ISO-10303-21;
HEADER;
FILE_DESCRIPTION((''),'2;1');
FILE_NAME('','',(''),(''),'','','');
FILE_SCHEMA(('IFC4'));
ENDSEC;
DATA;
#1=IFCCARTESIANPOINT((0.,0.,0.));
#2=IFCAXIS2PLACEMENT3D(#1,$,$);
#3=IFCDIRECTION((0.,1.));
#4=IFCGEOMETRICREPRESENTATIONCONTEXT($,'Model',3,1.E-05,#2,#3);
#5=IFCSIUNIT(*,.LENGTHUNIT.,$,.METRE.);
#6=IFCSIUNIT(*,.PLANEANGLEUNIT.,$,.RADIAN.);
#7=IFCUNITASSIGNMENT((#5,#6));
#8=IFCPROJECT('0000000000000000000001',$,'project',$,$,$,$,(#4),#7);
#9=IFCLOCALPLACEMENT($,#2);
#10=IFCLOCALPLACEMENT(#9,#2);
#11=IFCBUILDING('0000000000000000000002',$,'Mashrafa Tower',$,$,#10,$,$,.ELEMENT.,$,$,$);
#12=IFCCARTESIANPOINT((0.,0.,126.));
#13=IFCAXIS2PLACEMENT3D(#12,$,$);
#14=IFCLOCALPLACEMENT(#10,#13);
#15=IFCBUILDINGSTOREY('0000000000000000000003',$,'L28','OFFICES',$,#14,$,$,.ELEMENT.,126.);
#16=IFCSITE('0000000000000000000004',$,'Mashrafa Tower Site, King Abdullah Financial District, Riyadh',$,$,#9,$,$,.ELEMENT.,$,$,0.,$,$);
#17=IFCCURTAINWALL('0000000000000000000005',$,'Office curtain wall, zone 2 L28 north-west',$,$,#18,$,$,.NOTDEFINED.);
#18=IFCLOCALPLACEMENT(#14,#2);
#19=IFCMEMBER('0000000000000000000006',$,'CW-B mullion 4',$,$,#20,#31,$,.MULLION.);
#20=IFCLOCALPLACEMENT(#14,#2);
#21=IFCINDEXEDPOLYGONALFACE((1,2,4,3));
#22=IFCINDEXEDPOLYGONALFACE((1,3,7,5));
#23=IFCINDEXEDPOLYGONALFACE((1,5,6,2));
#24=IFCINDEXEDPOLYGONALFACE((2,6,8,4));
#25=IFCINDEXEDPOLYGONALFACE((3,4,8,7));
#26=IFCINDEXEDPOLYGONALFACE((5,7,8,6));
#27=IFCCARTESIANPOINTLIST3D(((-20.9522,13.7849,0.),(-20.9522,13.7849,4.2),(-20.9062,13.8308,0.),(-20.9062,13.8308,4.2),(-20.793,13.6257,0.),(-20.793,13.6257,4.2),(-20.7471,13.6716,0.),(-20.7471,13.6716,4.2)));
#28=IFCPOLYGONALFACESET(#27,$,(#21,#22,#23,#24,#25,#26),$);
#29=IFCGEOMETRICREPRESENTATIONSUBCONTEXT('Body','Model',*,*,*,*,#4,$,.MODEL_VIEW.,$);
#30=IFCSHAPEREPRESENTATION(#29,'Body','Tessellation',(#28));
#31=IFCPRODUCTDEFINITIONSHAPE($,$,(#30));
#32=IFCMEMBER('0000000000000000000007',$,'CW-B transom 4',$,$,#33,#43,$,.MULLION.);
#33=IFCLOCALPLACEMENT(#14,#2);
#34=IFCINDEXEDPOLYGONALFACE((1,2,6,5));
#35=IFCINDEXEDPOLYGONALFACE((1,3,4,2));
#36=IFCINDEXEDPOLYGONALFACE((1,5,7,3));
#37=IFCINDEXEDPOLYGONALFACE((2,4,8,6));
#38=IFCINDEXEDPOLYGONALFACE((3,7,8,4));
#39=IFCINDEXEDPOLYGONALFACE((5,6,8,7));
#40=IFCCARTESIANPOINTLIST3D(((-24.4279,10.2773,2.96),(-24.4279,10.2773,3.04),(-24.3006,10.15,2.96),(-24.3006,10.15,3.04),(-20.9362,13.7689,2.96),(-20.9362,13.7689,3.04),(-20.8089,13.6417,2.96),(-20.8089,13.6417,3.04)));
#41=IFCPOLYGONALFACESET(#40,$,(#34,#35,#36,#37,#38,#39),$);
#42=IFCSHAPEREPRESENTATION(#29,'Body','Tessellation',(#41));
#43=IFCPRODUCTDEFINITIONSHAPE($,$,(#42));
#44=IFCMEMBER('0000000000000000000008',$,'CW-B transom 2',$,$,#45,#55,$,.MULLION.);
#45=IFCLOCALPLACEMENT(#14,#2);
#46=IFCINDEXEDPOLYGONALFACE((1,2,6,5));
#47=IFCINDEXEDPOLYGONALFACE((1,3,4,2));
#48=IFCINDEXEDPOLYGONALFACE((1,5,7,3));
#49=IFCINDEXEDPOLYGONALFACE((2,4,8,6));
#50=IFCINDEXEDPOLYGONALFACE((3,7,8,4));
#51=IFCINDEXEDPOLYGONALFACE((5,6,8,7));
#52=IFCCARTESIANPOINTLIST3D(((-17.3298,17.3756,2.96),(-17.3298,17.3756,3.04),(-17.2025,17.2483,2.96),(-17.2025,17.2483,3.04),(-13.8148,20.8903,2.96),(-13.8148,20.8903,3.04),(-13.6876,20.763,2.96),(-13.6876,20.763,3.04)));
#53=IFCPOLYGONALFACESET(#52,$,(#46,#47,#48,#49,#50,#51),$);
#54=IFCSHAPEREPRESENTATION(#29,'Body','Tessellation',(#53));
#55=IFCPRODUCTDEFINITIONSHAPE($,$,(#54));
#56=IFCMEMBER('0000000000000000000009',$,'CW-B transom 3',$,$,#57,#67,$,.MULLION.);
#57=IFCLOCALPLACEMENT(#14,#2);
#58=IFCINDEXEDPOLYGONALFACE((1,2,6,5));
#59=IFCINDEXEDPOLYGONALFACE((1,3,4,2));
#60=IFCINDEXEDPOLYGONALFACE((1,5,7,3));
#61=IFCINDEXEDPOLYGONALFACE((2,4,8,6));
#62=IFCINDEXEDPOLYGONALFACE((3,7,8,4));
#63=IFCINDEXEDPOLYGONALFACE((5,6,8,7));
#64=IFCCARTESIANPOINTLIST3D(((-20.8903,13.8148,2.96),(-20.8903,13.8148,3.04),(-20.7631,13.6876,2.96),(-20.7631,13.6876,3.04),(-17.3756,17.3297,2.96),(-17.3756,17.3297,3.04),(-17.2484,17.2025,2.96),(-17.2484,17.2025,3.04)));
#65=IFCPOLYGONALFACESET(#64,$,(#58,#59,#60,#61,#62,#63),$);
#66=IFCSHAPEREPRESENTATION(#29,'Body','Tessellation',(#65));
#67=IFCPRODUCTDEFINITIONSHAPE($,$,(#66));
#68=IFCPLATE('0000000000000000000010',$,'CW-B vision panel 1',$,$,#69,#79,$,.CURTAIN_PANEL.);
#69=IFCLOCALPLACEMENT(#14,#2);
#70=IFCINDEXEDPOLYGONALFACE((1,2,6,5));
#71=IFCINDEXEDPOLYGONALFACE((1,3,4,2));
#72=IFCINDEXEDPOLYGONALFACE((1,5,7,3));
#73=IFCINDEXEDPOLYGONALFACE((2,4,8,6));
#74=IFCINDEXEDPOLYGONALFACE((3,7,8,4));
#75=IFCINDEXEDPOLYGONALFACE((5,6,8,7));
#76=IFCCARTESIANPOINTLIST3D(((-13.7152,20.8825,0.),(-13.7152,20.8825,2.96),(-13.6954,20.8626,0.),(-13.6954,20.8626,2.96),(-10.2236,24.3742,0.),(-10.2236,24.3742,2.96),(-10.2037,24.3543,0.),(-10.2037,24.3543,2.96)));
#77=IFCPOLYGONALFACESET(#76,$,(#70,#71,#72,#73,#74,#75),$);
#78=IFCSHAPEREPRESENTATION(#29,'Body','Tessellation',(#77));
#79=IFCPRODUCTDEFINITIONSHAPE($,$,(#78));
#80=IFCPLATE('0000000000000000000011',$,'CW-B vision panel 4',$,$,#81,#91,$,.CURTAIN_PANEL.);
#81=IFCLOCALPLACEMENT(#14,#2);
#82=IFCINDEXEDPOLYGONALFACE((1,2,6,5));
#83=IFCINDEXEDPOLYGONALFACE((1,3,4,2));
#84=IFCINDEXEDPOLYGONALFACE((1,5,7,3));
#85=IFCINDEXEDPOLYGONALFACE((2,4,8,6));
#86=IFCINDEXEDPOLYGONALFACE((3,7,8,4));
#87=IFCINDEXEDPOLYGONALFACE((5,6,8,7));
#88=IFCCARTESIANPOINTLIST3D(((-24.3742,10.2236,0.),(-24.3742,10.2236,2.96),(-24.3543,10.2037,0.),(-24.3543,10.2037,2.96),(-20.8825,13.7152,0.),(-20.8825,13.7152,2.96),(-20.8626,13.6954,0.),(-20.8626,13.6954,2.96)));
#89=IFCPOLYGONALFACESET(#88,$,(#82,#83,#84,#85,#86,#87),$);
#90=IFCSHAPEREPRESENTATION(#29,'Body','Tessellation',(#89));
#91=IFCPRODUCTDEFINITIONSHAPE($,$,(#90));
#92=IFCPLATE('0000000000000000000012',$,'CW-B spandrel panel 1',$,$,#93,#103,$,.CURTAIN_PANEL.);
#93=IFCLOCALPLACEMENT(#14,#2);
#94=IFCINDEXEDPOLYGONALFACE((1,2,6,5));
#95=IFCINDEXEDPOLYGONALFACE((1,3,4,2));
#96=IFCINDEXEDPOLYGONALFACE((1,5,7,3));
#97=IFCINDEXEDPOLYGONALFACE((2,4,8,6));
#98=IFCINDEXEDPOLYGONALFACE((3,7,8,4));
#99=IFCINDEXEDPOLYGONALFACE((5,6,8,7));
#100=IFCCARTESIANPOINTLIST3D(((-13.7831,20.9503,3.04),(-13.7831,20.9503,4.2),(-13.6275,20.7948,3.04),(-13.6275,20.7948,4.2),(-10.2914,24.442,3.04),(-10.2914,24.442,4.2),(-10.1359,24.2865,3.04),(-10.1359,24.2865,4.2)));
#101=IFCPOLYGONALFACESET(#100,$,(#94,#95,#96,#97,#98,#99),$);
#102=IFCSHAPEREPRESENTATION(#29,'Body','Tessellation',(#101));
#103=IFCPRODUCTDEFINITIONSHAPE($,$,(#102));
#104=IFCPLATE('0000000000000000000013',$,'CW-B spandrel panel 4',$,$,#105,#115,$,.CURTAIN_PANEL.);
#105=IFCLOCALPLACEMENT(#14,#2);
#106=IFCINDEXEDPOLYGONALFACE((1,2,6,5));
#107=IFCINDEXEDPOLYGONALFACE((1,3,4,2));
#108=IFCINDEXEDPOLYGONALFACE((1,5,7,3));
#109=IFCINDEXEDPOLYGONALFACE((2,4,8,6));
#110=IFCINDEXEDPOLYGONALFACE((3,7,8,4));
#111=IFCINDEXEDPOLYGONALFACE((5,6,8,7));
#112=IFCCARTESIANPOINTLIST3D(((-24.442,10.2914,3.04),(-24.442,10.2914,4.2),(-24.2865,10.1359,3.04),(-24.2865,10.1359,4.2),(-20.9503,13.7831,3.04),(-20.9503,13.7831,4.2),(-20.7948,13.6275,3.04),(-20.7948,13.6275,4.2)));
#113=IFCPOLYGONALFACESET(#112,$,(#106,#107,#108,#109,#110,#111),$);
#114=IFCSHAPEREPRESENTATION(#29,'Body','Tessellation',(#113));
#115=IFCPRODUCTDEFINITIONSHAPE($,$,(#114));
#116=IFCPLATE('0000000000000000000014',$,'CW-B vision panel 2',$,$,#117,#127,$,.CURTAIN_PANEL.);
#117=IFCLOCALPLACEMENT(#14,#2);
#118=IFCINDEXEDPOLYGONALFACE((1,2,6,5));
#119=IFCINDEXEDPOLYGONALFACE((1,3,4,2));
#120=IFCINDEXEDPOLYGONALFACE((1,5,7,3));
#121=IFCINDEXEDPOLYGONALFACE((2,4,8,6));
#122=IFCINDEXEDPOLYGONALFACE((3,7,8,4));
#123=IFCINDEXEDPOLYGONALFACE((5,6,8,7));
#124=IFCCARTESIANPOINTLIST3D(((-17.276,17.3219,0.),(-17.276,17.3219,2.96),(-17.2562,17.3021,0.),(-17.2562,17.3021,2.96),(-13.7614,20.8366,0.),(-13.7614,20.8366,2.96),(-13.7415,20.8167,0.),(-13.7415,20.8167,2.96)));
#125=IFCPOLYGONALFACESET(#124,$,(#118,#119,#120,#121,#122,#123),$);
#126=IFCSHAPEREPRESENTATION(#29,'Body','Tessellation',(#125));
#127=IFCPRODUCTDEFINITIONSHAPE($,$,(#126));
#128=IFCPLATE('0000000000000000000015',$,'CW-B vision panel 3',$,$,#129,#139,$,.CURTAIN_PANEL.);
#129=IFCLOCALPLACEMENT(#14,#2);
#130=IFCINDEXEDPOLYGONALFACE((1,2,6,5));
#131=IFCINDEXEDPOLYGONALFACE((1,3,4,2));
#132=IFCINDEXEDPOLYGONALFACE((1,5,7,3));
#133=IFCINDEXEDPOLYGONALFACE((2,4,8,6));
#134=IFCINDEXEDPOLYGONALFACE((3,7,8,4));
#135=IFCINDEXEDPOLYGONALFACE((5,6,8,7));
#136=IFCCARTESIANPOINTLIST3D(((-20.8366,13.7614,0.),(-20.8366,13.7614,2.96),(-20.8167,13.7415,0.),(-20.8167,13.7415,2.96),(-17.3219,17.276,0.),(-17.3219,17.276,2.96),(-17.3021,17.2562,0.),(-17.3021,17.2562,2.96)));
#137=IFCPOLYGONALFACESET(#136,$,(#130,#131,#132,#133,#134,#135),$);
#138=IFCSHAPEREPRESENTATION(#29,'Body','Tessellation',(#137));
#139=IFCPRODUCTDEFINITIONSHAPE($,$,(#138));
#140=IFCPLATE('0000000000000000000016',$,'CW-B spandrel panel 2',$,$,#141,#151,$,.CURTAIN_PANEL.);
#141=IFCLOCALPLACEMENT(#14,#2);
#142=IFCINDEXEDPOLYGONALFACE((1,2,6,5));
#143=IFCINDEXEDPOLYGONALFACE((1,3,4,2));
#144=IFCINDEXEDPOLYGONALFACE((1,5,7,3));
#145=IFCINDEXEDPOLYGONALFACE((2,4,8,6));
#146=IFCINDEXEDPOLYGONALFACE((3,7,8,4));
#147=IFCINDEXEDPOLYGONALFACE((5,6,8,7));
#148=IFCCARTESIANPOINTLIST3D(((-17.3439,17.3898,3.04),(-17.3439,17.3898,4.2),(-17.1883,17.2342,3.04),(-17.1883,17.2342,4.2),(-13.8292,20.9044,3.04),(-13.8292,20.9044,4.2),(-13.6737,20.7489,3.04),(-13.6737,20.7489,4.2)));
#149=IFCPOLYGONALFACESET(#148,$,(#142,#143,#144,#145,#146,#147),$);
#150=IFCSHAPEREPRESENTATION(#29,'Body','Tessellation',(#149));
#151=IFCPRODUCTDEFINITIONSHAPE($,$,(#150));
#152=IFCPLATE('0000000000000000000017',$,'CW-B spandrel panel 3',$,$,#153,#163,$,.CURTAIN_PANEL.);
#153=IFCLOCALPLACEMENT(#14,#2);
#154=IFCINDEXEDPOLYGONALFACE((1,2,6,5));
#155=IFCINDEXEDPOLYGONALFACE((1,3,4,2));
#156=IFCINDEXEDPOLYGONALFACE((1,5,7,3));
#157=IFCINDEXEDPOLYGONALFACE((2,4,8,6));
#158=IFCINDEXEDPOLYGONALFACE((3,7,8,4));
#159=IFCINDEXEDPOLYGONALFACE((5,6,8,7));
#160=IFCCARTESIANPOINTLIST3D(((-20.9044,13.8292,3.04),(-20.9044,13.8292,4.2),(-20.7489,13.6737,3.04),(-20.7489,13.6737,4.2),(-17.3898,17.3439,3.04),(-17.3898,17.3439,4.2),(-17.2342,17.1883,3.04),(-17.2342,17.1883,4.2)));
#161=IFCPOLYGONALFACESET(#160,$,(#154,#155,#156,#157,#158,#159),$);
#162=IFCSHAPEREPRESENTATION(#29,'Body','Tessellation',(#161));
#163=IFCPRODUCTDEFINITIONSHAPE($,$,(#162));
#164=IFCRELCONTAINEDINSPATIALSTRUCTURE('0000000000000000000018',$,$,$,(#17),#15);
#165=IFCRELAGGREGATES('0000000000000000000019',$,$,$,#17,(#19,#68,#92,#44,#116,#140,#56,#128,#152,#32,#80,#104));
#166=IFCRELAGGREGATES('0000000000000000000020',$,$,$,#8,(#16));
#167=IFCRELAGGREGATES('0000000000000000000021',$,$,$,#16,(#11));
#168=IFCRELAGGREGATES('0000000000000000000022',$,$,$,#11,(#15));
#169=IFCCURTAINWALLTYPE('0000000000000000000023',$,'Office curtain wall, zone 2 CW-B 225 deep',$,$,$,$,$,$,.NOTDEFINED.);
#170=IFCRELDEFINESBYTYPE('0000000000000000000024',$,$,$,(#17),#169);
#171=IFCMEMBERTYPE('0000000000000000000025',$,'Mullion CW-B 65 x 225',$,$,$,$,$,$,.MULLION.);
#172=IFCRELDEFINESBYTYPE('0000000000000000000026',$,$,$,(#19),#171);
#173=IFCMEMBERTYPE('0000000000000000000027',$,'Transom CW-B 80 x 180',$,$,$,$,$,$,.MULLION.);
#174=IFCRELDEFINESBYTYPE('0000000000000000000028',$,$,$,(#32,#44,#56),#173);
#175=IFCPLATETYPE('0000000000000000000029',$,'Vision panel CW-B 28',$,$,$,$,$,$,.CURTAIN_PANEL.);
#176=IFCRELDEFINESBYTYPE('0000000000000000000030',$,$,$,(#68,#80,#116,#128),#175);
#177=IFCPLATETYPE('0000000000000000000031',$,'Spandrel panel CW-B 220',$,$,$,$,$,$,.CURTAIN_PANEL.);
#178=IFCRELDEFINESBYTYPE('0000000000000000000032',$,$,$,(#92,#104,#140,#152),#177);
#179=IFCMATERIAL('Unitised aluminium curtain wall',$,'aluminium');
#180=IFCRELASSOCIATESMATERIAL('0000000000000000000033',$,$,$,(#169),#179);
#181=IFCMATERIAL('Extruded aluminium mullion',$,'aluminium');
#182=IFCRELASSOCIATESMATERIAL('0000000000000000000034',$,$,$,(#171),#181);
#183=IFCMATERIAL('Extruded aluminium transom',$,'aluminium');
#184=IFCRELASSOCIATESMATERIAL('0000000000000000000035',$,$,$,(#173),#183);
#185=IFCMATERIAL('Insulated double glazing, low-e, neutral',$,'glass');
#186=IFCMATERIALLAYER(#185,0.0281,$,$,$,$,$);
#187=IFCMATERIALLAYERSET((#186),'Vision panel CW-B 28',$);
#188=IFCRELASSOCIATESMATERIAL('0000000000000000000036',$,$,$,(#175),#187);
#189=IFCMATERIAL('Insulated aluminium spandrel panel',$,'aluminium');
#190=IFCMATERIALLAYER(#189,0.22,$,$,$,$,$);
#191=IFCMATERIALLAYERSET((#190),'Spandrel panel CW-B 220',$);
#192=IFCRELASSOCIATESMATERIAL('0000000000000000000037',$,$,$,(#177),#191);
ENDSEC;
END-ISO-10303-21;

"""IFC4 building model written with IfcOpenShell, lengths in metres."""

from ifc_helpers import new_model, si_unit, direction, frame, origin, origin_2d, place, context, subcontext, project, spatial, rectangle, extrude, source, transform, mapped, material, layer, layer_set, material_profile, profile_set, type_object, type_shapes, element, aggregate, save


model = new_model("IFC4")

# Units and contexts
model_context = context("Model", 3, precision=1e-05, world=origin(), true_north=direction((0.0, 1.0)))
body_context = subcontext(model_context, "Body", "Model", "MODEL_VIEW")
ifc_project = project(units=[si_unit("LENGTHUNIT", "METRE"), si_unit("PLANEANGLEUNIT", "RADIAN")], contexts=[model_context])

# Site, building, storey
site_placement = place(None, origin())
site = spatial("IfcSite", under=ifc_project, at=site_placement, Name="Mashrafa Tower Site, King Abdullah Financial District, Riyadh", CompositionType="ELEMENT", RefElevation=0.0)
building_placement = place(site_placement, origin())
building = spatial("IfcBuilding", under=site, at=building_placement, Name="Mashrafa Tower", CompositionType="ELEMENT")
storey_placement = place(building_placement, frame((0.0, 0.0, 126.0)))
storey = spatial("IfcBuildingStorey", under=building, at=storey_placement, Name="L28", Description="OFFICES", CompositionType="ELEMENT", Elevation=126.0)

# Curtain wall, members, plates
ifc_material_1 = material(Name="Unitised aluminium curtain wall", Category="aluminium")
curtain_wall_type = type_object("IfcCurtainWallType", Name="Office curtain wall, zone 2 CW-B 225 deep", PredefinedType="NOTDEFINED", material=ifc_material_1)
curtain_wall_placement = place(storey_placement, origin())
curtain_wall = element("IfcCurtainWall", 1, at=curtain_wall_placement, inside=storey, type_object=curtain_wall_type, Name="Office curtain wall, zone 2 L28 north-west", PredefinedType="NOTDEFINED")
ifc_material_2 = material(Name="Extruded aluminium mullion", Category="aluminium")
ifc_material_profile_1 = material_profile(ifc_material_2, rectangle(XDim=0.2251, YDim=0.0649, at=origin_2d()), Name="Mullion 65x225")
ifc_profile_set_1 = profile_set([ifc_material_profile_1], Name="Extruded aluminium mullion")
member_type_1 = type_object("IfcMemberType", Name="Mullion CW-B 65 x 225", PredefinedType="MULLION", material=ifc_profile_set_1)
shared_shape_1 = source(origin(), body_context, "Body", "SweptSolid", [
    extrude(rectangle(XDim=0.2251, YDim=0.0649, at=origin_2d()), origin(), (0.0, 0.0, 1.0), 4.2),
])
type_shapes(member_type_1, [shared_shape_1])
member_1_placement = place(storey_placement, frame((-20.8496, 13.7283, 0.0), z_axis=(0.0, 0.0, 1.0), x_axis=(0.707107, -0.707107, 0.0)))
member_1 = element("IfcMember", 2, at=member_1_placement, type_object=member_type_1, Name="CW-B mullion 4", PredefinedType="MULLION", context=body_context, shape_type="MappedRepresentation", body=[
    mapped(shared_shape_1, transform((0.0, 0.0, 0.0))),
])
ifc_material_3 = material(Name="Extruded aluminium transom", Category="aluminium")
ifc_material_profile_2 = material_profile(ifc_material_3, rectangle(XDim=0.1799, YDim=0.0801, at=origin_2d()), Name="Transom 80x180")
ifc_profile_set_2 = profile_set([ifc_material_profile_2], Name="Extruded aluminium transom")
member_type_2 = type_object("IfcMemberType", Name="Transom CW-B 80 x 180", PredefinedType="MULLION", material=ifc_profile_set_2)
shared_shape_2 = source(origin(), body_context, "Body", "SweptSolid", [
    extrude(rectangle(XDim=0.1799, YDim=0.0801, at=origin_2d()), origin(), (0.0, 0.0, 1.0), 4.938),
])
member_2_placement = place(storey_placement, frame((-20.8726, 13.7053, 3.0), z_axis=(-0.707107, -0.707107, 0.0), x_axis=(0.707107, -0.707107, 0.0)))
member_2 = element("IfcMember", 3, at=member_2_placement, type_object=member_type_2, Name="CW-B transom 4", PredefinedType="MULLION", context=body_context, shape_type="MappedRepresentation", body=[
    mapped(shared_shape_2, transform((0.0, 0.0, 0.0))),
])
shared_shape_3 = source(origin(), body_context, "Body", "SweptSolid", [
    extrude(rectangle(XDim=0.1799, YDim=0.0801, at=origin_2d()), origin(), (0.0, 0.0, 1.0), 4.9707),
])
type_shapes(member_type_2, [shared_shape_2, shared_shape_3])
member_3_placement = place(storey_placement, frame((-13.7512, 20.8267, 3.0), z_axis=(-0.707131, -0.707082, 0.0), x_axis=(0.707082, -0.707131, 0.0)))
member_3 = element("IfcMember", 4, at=member_3_placement, type_object=member_type_2, Name="CW-B transom 2", PredefinedType="MULLION", context=body_context, shape_type="MappedRepresentation", body=[
    mapped(shared_shape_3, transform((0.0, 0.0, 0.0))),
])
member_4_placement = place(storey_placement, frame((-17.312, 17.2661, 3.0), z_axis=(-0.707082, -0.707131, 0.0), x_axis=(0.707131, -0.707082, 0.0)))
member_4 = element("IfcMember", 5, at=member_4_placement, type_object=member_type_2, Name="CW-B transom 3", PredefinedType="MULLION", context=body_context, shape_type="MappedRepresentation", body=[
    mapped(shared_shape_3, transform((0.0, 0.0, 0.0))),
])
ifc_material_4 = material(Name="Insulated double glazing, low-e, neutral", Category="glass")
ifc_layer_1 = layer(ifc_material_4, 0.0281)
ifc_layer_set_1 = layer_set([ifc_layer_1], Name="Vision panel CW-B 28")
plate_type_1 = type_object("IfcPlateType", Name="Vision panel CW-B 28", PredefinedType="CURTAIN_PANEL", material=ifc_layer_set_1)
shared_shape_4 = source(origin(), body_context, "Body", "SweptSolid", [
    extrude(rectangle(XDim=4.938, YDim=0.0281, at=origin_2d()), origin(), (0.0, 0.0, 1.0), 2.96),
])
plate_1_placement = place(storey_placement, frame((-11.9595, 22.6184, 0.0), z_axis=(0.0, 0.0, 1.0), x_axis=(-0.707107, -0.707107, 0.0)))
plate_1 = element("IfcPlate", 6, at=plate_1_placement, type_object=plate_type_1, Name="CW-B vision panel 1", PredefinedType="CURTAIN_PANEL", context=body_context, shape_type="MappedRepresentation", body=[
    mapped(shared_shape_4, transform((0.0, 0.0, 0.0))),
])
plate_2_placement = place(storey_placement, frame((-22.6184, 11.9595, 0.0), z_axis=(0.0, 0.0, 1.0), x_axis=(-0.707107, -0.707107, 0.0)))
plate_2 = element("IfcPlate", 7, at=plate_2_placement, type_object=plate_type_1, Name="CW-B vision panel 4", PredefinedType="CURTAIN_PANEL", context=body_context, shape_type="MappedRepresentation", body=[
    mapped(shared_shape_4, transform((0.0, 0.0, 0.0))),
])
ifc_material_5 = material(Name="Insulated aluminium spandrel panel", Category="aluminium")
ifc_layer_2 = layer(ifc_material_5, 0.22)
ifc_layer_set_2 = layer_set([ifc_layer_2], Name="Spandrel panel CW-B 220")
plate_type_2 = type_object("IfcPlateType", Name="Spandrel panel CW-B 220", PredefinedType="CURTAIN_PANEL", material=ifc_layer_set_2)
shared_shape_5 = source(origin(), body_context, "Body", "SweptSolid", [
    extrude(rectangle(XDim=4.938, YDim=0.22, at=origin_2d()), origin(), (0.0, 0.0, 1.0), 1.1599),
])
plate_3_placement = place(storey_placement, frame((-11.9595, 22.6184, 3.04), z_axis=(0.0, 0.0, 1.0), x_axis=(-0.707107, -0.707107, 0.0)))
plate_3 = element("IfcPlate", 8, at=plate_3_placement, type_object=plate_type_2, Name="CW-B spandrel panel 1", PredefinedType="CURTAIN_PANEL", context=body_context, shape_type="MappedRepresentation", body=[
    mapped(shared_shape_5, transform((0.0, 0.0, 0.0))),
])
plate_4_placement = place(storey_placement, frame((-22.6184, 11.9595, 3.04), z_axis=(0.0, 0.0, 1.0), x_axis=(-0.707107, -0.707107, 0.0)))
plate_4 = element("IfcPlate", 9, at=plate_4_placement, type_object=plate_type_2, Name="CW-B spandrel panel 4", PredefinedType="CURTAIN_PANEL", context=body_context, shape_type="MappedRepresentation", body=[
    mapped(shared_shape_5, transform((0.0, 0.0, 0.0))),
])
shared_shape_6 = source(origin(), body_context, "Body", "SweptSolid", [
    extrude(rectangle(XDim=4.9705, YDim=0.0281, at=origin_2d()), origin(), (0.0, 0.0, 1.0), 2.96),
])
type_shapes(plate_type_1, [shared_shape_4, shared_shape_6])
plate_5_placement = place(storey_placement, frame((-15.5088, 19.0693, 0.0), z_axis=(0.0, 0.0, 1.0), x_axis=(-0.707107, -0.707107, 0.0)))
plate_5 = element("IfcPlate", 10, at=plate_5_placement, type_object=plate_type_1, Name="CW-B vision panel 2", PredefinedType="CURTAIN_PANEL", context=body_context, shape_type="MappedRepresentation", body=[
    mapped(shared_shape_6, transform((0.0, 0.0, 0.0))),
])
plate_6_placement = place(storey_placement, frame((-19.0693, 15.5088, 0.0), z_axis=(0.0, 0.0, 1.0), x_axis=(-0.707107, -0.707107, 0.0)))
plate_6 = element("IfcPlate", 11, at=plate_6_placement, type_object=plate_type_1, Name="CW-B vision panel 3", PredefinedType="CURTAIN_PANEL", context=body_context, shape_type="MappedRepresentation", body=[
    mapped(shared_shape_6, transform((0.0, 0.0, 0.0))),
])
shared_shape_7 = source(origin(), body_context, "Body", "SweptSolid", [
    extrude(rectangle(XDim=4.9705, YDim=0.22, at=origin_2d()), origin(), (0.0, 0.0, 1.0), 1.1599),
])
type_shapes(plate_type_2, [shared_shape_5, shared_shape_7])
plate_7_placement = place(storey_placement, frame((-15.5088, 19.0693, 3.04), z_axis=(0.0, 0.0, 1.0), x_axis=(-0.707107, -0.707107, 0.0)))
plate_7 = element("IfcPlate", 12, at=plate_7_placement, type_object=plate_type_2, Name="CW-B spandrel panel 2", PredefinedType="CURTAIN_PANEL", context=body_context, shape_type="MappedRepresentation", body=[
    mapped(shared_shape_7, transform((0.0, 0.0, 0.0))),
])
plate_8_placement = place(storey_placement, frame((-19.0693, 15.5088, 3.04), z_axis=(0.0, 0.0, 1.0), x_axis=(-0.707107, -0.707107, 0.0)))
plate_8 = element("IfcPlate", 13, at=plate_8_placement, type_object=plate_type_2, Name="CW-B spandrel panel 3", PredefinedType="CURTAIN_PANEL", context=body_context, shape_type="MappedRepresentation", body=[
    mapped(shared_shape_7, transform((0.0, 0.0, 0.0))),
])
aggregate(curtain_wall, [member_1, plate_1, plate_3, member_3, plate_5, plate_7, member_4, plate_6, plate_8, member_2, plate_2, plate_4])

save(model, "model.ifc")
